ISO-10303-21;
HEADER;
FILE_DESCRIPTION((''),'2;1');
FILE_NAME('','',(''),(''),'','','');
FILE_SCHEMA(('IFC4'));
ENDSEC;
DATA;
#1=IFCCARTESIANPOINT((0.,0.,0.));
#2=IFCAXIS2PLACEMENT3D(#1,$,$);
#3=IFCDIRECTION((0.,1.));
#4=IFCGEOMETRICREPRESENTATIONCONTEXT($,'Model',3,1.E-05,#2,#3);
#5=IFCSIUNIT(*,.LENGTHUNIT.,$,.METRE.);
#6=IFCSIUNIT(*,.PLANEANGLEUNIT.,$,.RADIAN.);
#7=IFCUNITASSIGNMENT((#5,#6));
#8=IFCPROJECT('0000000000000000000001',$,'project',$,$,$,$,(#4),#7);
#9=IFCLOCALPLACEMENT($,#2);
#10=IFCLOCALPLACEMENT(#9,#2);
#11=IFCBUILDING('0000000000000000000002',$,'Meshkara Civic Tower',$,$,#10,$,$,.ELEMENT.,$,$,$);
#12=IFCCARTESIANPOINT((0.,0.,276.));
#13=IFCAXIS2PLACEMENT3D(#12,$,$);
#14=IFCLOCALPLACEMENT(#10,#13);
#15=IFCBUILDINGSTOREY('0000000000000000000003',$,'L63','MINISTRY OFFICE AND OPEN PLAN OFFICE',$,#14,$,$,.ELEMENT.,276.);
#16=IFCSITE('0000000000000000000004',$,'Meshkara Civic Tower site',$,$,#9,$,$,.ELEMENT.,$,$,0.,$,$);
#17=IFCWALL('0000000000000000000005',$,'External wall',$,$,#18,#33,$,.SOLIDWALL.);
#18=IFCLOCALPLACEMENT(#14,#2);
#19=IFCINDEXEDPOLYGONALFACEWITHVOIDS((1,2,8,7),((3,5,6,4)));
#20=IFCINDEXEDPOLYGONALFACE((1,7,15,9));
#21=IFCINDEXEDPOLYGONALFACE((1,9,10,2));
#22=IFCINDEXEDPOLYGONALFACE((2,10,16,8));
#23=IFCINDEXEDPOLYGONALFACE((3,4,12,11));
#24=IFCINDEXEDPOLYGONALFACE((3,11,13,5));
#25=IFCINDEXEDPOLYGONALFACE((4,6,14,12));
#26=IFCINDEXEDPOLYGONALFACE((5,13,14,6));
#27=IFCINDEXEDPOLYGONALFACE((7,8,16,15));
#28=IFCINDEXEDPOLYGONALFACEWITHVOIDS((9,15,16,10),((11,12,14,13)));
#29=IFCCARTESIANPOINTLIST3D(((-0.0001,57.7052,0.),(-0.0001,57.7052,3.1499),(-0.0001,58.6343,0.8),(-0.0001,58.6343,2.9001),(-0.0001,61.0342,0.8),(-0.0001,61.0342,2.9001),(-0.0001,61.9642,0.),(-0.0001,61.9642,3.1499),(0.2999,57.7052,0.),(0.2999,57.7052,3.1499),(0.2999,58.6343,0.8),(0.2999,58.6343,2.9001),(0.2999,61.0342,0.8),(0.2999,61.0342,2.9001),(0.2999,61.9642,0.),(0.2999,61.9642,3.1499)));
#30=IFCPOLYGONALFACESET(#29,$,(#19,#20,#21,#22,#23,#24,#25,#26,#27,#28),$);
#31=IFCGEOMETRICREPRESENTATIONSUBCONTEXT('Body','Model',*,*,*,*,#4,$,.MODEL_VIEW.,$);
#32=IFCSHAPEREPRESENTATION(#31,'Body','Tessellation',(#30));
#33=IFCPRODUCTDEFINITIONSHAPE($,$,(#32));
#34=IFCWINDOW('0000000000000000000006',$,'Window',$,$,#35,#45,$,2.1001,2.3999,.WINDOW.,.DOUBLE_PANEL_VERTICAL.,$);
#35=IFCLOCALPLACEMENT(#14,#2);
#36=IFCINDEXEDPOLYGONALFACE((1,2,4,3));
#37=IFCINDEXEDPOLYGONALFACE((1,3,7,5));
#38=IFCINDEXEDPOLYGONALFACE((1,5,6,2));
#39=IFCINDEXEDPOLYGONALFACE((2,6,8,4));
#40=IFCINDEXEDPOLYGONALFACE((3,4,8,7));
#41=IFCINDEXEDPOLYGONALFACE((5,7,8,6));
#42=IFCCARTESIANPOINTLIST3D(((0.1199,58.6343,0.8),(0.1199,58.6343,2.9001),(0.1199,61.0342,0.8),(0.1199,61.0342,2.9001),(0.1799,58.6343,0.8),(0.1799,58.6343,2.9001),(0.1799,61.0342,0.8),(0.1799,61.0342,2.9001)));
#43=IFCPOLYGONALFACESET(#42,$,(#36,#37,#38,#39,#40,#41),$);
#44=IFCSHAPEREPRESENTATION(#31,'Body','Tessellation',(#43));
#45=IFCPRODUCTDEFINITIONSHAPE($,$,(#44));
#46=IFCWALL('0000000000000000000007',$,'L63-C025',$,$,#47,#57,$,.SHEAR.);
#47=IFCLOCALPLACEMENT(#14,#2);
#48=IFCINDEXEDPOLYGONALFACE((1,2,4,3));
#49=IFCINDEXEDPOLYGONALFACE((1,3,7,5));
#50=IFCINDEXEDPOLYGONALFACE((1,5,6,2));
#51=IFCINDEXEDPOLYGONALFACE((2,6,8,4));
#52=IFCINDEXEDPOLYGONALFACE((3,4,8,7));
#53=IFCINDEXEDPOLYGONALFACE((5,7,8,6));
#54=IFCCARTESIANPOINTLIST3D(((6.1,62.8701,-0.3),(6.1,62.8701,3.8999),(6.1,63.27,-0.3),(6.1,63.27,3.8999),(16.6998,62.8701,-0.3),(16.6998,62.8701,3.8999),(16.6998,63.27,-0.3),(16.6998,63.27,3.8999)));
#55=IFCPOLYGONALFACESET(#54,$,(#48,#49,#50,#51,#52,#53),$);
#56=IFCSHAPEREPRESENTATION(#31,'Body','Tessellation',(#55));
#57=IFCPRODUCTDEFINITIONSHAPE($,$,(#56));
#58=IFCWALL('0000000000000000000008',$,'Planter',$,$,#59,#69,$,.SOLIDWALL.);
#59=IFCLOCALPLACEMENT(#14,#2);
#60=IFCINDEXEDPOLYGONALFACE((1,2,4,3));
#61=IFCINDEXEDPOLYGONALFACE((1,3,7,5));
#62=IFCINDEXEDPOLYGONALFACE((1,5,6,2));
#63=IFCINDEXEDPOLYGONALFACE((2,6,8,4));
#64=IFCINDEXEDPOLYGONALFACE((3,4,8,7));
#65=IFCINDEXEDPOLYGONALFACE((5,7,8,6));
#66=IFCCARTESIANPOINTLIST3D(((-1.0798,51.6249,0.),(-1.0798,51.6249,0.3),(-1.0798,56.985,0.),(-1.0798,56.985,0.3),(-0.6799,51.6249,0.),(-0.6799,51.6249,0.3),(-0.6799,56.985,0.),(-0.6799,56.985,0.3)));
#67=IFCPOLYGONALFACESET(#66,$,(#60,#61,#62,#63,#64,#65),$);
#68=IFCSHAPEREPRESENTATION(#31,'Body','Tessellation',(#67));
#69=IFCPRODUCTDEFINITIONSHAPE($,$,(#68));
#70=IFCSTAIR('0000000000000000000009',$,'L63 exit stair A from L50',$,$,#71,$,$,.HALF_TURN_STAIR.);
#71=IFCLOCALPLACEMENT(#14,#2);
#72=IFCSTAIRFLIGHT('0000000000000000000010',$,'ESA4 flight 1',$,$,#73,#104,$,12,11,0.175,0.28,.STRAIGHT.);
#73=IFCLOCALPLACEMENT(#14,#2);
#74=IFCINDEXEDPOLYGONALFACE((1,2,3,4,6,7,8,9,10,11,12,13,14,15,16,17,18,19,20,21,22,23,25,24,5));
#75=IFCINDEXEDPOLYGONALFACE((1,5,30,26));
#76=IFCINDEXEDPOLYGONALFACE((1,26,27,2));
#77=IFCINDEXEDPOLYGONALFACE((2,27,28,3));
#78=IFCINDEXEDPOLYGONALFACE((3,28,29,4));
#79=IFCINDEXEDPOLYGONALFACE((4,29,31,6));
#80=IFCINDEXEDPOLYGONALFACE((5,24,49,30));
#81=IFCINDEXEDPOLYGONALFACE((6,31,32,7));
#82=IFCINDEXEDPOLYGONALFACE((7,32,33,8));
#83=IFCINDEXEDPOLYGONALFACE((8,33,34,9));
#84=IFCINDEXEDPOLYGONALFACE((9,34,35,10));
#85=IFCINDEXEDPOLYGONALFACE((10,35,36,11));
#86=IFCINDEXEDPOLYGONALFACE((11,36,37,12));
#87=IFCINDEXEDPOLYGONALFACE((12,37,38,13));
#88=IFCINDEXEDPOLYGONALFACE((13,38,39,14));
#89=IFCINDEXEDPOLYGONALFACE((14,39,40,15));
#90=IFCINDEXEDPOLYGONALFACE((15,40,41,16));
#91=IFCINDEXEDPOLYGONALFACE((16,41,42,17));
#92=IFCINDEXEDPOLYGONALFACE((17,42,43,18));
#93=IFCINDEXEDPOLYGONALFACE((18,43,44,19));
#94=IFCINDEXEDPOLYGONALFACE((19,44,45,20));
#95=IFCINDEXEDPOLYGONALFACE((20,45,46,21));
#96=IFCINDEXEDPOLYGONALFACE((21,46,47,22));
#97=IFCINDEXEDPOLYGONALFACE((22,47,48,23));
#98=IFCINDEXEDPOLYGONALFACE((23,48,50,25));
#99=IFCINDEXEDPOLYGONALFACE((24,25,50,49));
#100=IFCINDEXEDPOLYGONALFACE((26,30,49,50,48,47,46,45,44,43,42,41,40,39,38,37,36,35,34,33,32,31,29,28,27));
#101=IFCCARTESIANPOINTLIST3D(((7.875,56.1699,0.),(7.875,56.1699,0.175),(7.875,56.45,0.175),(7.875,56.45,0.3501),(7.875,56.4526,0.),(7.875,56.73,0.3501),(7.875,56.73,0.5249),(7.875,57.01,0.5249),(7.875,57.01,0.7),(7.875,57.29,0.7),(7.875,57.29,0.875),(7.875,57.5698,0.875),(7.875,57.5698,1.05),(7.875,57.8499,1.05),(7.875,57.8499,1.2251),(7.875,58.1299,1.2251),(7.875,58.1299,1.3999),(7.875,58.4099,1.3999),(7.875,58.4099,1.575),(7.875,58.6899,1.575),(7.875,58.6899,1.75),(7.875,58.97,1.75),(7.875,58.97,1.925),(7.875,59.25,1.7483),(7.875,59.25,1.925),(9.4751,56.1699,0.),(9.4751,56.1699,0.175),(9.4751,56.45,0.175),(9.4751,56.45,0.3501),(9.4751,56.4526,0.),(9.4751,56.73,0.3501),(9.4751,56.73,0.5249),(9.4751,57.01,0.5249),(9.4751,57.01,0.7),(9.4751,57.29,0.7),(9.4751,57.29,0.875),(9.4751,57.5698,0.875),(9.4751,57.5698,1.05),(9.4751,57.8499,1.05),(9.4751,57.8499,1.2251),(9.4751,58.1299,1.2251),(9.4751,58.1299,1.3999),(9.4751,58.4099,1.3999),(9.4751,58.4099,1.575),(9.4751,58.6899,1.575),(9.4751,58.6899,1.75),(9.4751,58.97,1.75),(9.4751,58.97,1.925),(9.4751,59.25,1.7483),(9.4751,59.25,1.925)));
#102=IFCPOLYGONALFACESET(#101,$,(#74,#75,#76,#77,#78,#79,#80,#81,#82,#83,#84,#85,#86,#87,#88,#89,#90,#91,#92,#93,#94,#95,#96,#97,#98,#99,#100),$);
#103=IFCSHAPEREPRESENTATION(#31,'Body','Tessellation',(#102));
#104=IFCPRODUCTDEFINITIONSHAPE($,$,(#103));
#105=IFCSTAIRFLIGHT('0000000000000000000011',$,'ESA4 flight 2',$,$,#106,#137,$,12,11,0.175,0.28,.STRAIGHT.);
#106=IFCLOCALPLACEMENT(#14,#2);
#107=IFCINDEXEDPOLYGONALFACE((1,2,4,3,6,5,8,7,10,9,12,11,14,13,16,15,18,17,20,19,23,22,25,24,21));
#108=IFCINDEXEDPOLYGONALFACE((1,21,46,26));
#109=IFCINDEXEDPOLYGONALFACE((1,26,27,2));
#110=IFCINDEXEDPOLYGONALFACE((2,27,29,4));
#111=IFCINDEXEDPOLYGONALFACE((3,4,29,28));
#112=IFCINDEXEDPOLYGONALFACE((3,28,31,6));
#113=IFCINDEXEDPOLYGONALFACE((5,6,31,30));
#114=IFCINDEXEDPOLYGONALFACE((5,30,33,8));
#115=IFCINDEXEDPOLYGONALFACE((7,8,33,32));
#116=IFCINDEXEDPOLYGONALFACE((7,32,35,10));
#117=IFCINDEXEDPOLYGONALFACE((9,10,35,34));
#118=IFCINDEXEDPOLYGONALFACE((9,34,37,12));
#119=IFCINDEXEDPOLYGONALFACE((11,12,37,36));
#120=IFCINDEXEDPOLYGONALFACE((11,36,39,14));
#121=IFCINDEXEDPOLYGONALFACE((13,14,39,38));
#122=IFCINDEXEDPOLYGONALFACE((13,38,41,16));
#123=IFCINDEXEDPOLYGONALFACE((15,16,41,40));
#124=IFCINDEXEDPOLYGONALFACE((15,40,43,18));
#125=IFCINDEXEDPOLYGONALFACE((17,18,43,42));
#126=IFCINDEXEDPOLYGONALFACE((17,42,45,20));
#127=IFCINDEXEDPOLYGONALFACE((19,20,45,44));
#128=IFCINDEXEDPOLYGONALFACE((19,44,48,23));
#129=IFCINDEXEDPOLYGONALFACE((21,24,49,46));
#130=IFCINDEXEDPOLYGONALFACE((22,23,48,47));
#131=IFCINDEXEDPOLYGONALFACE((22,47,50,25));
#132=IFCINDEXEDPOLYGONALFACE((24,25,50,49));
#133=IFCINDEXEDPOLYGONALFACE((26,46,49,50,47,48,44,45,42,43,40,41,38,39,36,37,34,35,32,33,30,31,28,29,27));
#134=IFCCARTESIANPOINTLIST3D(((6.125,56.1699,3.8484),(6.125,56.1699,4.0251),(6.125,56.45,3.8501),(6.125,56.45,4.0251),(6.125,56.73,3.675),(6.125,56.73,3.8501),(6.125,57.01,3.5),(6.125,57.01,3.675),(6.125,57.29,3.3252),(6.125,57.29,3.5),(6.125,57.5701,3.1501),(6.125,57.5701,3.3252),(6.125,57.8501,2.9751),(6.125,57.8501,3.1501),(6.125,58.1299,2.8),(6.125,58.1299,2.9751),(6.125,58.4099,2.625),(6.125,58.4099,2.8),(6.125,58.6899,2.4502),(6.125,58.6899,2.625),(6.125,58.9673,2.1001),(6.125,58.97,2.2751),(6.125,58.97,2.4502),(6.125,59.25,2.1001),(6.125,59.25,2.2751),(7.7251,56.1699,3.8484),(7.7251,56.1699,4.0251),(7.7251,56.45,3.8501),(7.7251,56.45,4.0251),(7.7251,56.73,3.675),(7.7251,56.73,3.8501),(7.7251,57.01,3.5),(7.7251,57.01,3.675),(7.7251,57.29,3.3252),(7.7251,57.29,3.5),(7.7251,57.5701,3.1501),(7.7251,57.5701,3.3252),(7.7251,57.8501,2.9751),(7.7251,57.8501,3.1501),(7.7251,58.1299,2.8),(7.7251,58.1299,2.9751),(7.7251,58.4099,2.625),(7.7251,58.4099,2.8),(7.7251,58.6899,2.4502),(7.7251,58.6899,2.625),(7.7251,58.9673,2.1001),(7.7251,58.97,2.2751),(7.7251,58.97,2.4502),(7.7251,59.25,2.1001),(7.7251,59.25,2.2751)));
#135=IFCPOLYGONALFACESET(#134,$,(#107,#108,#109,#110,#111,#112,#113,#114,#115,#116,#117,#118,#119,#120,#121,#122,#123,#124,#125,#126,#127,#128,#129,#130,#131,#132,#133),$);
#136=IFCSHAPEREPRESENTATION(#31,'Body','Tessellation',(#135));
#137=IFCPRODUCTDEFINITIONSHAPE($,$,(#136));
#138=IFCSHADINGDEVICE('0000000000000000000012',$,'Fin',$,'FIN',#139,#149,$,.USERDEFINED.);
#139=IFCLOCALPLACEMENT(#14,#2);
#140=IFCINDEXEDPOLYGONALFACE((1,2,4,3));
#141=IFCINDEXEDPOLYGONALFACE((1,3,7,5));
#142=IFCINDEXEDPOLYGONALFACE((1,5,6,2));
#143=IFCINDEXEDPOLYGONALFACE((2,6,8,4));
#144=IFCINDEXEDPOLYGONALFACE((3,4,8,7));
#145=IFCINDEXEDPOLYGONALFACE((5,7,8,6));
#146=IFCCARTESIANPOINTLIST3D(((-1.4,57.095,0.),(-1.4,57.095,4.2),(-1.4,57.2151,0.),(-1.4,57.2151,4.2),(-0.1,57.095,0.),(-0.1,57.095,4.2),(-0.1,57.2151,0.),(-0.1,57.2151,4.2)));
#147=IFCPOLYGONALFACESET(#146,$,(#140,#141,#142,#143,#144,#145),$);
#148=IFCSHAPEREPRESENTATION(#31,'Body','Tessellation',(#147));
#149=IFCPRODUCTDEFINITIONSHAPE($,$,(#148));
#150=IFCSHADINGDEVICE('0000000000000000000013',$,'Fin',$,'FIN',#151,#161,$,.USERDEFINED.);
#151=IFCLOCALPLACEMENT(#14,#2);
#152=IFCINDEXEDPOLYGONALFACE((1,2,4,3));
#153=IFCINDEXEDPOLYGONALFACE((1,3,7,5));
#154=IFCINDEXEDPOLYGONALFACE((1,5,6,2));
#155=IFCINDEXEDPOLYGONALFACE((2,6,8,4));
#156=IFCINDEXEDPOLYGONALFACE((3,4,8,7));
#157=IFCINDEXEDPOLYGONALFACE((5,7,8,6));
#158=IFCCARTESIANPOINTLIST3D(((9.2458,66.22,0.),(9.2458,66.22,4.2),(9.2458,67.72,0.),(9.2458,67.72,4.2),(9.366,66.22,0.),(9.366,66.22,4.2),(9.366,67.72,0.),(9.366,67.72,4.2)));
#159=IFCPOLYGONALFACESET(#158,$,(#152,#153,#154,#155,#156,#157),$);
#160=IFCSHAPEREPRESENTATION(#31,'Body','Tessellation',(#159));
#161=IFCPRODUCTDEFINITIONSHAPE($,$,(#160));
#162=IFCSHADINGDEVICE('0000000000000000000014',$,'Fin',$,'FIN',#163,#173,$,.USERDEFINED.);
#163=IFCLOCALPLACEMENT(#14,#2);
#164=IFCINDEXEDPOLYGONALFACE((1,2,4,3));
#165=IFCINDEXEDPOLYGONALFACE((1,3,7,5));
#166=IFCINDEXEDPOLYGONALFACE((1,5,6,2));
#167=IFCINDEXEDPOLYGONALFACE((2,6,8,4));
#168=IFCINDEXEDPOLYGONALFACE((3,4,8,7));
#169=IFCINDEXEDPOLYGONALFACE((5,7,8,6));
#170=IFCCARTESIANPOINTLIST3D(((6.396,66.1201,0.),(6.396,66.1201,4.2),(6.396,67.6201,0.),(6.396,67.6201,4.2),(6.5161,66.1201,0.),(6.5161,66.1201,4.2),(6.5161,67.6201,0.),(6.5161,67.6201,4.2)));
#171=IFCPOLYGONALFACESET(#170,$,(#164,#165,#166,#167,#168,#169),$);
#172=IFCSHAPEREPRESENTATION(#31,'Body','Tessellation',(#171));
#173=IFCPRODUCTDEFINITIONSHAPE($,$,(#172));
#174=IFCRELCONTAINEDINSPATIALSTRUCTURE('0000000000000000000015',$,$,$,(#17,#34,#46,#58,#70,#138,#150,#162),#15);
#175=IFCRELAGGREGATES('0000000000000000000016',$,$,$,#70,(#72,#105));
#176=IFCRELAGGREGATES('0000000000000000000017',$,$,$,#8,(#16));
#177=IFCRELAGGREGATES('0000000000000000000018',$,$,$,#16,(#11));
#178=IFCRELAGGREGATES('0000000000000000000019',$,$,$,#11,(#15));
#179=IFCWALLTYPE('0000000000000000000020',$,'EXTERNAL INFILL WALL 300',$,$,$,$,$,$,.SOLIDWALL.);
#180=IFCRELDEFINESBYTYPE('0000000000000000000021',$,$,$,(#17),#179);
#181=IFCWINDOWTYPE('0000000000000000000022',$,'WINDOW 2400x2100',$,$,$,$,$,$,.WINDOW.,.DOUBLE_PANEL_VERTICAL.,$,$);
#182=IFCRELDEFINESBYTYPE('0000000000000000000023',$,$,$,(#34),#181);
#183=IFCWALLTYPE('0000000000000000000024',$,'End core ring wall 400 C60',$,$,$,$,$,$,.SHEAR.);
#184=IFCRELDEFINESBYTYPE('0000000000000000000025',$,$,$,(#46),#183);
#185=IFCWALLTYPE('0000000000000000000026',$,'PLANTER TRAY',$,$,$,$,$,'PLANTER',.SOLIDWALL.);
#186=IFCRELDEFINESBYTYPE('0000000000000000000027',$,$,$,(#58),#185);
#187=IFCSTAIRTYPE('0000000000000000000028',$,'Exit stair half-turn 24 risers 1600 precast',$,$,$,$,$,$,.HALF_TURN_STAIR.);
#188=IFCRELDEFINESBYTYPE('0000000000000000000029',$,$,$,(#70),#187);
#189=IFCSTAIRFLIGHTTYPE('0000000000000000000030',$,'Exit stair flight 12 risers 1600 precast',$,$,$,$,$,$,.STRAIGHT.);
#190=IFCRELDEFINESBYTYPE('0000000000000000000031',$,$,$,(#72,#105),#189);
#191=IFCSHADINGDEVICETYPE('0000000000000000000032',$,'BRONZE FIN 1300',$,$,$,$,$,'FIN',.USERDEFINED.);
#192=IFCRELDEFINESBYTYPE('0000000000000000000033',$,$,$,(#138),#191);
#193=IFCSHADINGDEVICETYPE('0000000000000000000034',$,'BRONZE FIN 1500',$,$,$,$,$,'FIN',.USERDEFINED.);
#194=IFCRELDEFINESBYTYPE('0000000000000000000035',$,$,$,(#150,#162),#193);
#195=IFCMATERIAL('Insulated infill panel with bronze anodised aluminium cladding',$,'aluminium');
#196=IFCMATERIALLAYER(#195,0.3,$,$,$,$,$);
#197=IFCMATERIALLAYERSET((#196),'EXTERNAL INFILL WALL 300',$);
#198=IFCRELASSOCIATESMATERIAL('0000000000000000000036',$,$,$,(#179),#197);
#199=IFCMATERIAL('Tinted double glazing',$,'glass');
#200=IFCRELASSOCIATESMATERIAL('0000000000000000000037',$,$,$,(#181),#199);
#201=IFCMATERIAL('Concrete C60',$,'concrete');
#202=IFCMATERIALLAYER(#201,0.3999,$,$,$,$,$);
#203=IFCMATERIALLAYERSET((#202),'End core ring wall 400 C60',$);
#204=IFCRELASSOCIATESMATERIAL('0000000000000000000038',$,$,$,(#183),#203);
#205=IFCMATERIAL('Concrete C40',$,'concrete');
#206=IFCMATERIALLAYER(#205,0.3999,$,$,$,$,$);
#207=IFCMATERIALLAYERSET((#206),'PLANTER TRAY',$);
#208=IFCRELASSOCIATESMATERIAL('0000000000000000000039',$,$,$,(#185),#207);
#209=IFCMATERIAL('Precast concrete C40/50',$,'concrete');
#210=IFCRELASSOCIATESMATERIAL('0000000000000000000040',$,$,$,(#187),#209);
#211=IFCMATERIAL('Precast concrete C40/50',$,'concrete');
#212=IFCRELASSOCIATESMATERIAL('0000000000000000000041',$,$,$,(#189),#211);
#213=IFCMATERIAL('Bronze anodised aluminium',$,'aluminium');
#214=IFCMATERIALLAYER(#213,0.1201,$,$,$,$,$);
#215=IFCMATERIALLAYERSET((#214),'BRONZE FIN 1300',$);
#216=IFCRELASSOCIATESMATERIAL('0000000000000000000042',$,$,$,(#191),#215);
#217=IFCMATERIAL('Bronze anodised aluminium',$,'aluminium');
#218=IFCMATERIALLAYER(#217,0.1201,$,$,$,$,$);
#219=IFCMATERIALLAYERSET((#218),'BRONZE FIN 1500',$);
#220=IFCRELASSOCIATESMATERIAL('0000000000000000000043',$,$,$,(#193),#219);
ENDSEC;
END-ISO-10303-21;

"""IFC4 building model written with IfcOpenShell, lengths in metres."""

from ifc_helpers import new_model, si_unit, direction, frame, frame_2d, origin, origin_2d, place, context, subcontext, project, spatial, polyline, rectangle, outline, extrude, material, layer, layer_set, type_object, element, fill, aggregate, save


model = new_model("IFC4")

# Units and contexts
model_context = context("Model", 3, precision=1e-05, world=origin(), true_north=direction((0.0, 1.0)))
body_context = subcontext(model_context, "Body", "Model", "MODEL_VIEW")
ifc_project = project(units=[si_unit("LENGTHUNIT", "METRE"), si_unit("PLANEANGLEUNIT", "RADIAN")], contexts=[model_context])

# Site, building, storey
site_placement = place(None, origin())
site = spatial("IfcSite", under=ifc_project, at=site_placement, Name="Meshkara Civic Tower site", CompositionType="ELEMENT", RefElevation=0.0)
building_placement = place(site_placement, origin())
building = spatial("IfcBuilding", under=site, at=building_placement, Name="Meshkara Civic Tower", CompositionType="ELEMENT")
storey_placement = place(building_placement, frame((0.0, 0.0, 276.0)))
storey = spatial("IfcBuildingStorey", under=building, at=storey_placement, Name="L63", Description="MINISTRY OFFICE AND OPEN PLAN OFFICE", CompositionType="ELEMENT", Elevation=276.0)

# Wall, opening, window
ifc_material_1 = material(Name="Insulated infill panel with bronze anodised aluminium cladding", Category="aluminium")
ifc_layer_1 = layer(ifc_material_1, 0.3)
ifc_layer_set_1 = layer_set([ifc_layer_1], Name="EXTERNAL INFILL WALL 300")
wall_type_1 = type_object("IfcWallType", Name="EXTERNAL INFILL WALL 300", PredefinedType="SOLIDWALL", material=ifc_layer_set_1)
ifc_material_2 = material(Name="Tinted double glazing", Category="glass")
window_type_1 = type_object("IfcWindowType", Name="WINDOW 2400x2100", PartitioningType="DOUBLE_PANEL_VERTICAL", PredefinedType="WINDOW", material=ifc_material_2)
wall_1_placement = place(storey_placement, frame((0.1499, 61.9641, 0.0), z_axis=(0.0, 0.0, 1.0), x_axis=(0.0, -1.0, 0.0)))
wall_1 = element("IfcWall", 1, at=wall_1_placement, inside=storey, type_object=wall_type_1, Name="External wall", PredefinedType="SOLIDWALL", context=body_context, shape_type="SweptSolid", body=[
    extrude(rectangle(XDim=4.259, YDim=0.3, at=frame_2d((2.1294, 0.0))), origin(), (0.0, 0.0, 1.0), 3.1499),
])
opening_1_placement = place(wall_1_placement, frame((0.9299, 0.0, 0.8)))
opening_1 = element("IfcOpeningElement", 2, at=opening_1_placement, cuts=wall_1, PredefinedType="OPENING", context=body_context, shape_type="SweptSolid", body=[
    extrude(rectangle(XDim=2.3999, YDim=2.1001, at=frame_2d((1.2, 1.05))), frame((0.0, 0.1599, 0.0), z_axis=(0.0, -1.0, 0.0), x_axis=(1.0, 0.0, 0.0)), (0.0, 0.0, 1.0), 0.3201),
])
window_1_placement = place(opening_1_placement, origin())
window_1 = element("IfcWindow", 3, at=window_1_placement, inside=storey, type_object=window_type_1, Name="Window", OverallHeight=2.1001, OverallWidth=2.3999, PartitioningType="DOUBLE_PANEL_VERTICAL", PredefinedType="WINDOW", context=body_context, shape_type="SweptSolid", body=[
    extrude(rectangle(XDim=2.3999, YDim=2.1001, at=frame_2d((1.2, 1.05))), frame((0.0, 0.03, 0.0), z_axis=(0.0, -1.0, 0.0), x_axis=(1.0, 0.0, 0.0)), (0.0, 0.0, 1.0), 0.0601),
])
fill(opening_1, window_1)

# Wall
ifc_material_3 = material(Name="Concrete C60", Category="concrete")
ifc_layer_2 = layer(ifc_material_3, 0.3999)
ifc_layer_set_2 = layer_set([ifc_layer_2], Name="End core ring wall 400 C60")
wall_type_2 = type_object("IfcWallType", Name="End core ring wall 400 C60", PredefinedType="SHEAR", material=ifc_layer_set_2)
wall_2_placement = place(storey_placement, frame((6.1001, 63.0701, -0.3), z_axis=(0.0, 0.0, 1.0), x_axis=(1.0, 0.0, 0.0)))
element("IfcWall", 4, at=wall_2_placement, inside=storey, type_object=wall_type_2, Name="L63-C025", PredefinedType="SHEAR", context=body_context, shape_type="SweptSolid", body=[
    extrude(rectangle(XDim=10.5999, YDim=0.3999, at=frame_2d((5.2998, 0.0))), origin(), (0.0, 0.0, 1.0), 4.2),
])

# Wall
ifc_material_4 = material(Name="Concrete C40", Category="concrete")
ifc_layer_3 = layer(ifc_material_4, 0.3999)
ifc_layer_set_3 = layer_set([ifc_layer_3], Name="PLANTER TRAY")
wall_type_3 = type_object("IfcWallType", Name="PLANTER TRAY", ElementType="PLANTER", PredefinedType="SOLIDWALL", material=ifc_layer_set_3)
wall_3_placement = place(storey_placement, frame((-0.8799, 56.9851, 0.0), z_axis=(0.0, 0.0, 1.0), x_axis=(0.0, -1.0, 0.0)))
element("IfcWall", 5, at=wall_3_placement, inside=storey, type_object=wall_type_3, Name="Planter", PredefinedType="SOLIDWALL", context=body_context, shape_type="SweptSolid", body=[
    extrude(rectangle(XDim=5.3601, YDim=0.3999, at=frame_2d((2.6802, 0.0))), origin(), (0.0, 0.0, 1.0), 0.3),
])

# Stair, stair flights
ifc_material_5 = material(Name="Precast concrete C40/50", Category="concrete")
stair_type = type_object("IfcStairType", Name="Exit stair half-turn 24 risers 1600 precast", PredefinedType="HALF_TURN_STAIR", material=ifc_material_5)
stair_placement = place(storey_placement, origin())
stair = element("IfcStair", 6, at=stair_placement, inside=storey, type_object=stair_type, Name="L63 exit stair A from L50", PredefinedType="HALF_TURN_STAIR")
ifc_material_6 = material(Name="Precast concrete C40/50", Category="concrete")
stair_flight_type = type_object("IfcStairFlightType", Name="Exit stair flight 12 risers 1600 precast", PredefinedType="STRAIGHT", material=ifc_material_6)
stair_flight_1_placement = place(storey_placement, frame((8.675, 56.1699, 0.0), z_axis=(0.0, 0.0, 1.0), x_axis=(0.0, 1.0, 0.0)))
stair_flight_1 = element("IfcStairFlight", 7, at=stair_flight_1_placement, type_object=stair_flight_type, Name="ESA4 flight 1", NumberOfRisers=12, NumberOfTreads=11, PredefinedType="STRAIGHT", RiserHeight=0.175, TreadLength=0.28, context=body_context, shape_type="SweptSolid", body=[
    extrude(outline(polyline([(0.0, 0.0), (0.0, 0.175), (0.28, 0.175), (0.28, 0.3501), (0.5601, 0.3501), (0.5601, 0.5249), (0.8401, 0.5249), (0.8401, 0.7), (1.1201, 0.7), (1.1201, 0.875), (1.3999, 0.875), (1.3999, 1.05), (1.6799, 1.05), (1.6799, 1.2251), (1.96, 1.2251), (1.96, 1.3999), (2.24, 1.3999), (2.24, 1.575), (2.52, 1.575), (2.52, 1.75), (2.8, 1.75), (2.8, 1.925), (3.0801, 1.925), (3.0801, 2.1001), (3.0801, 1.7483), (0.2827, 0.0), (0.0, 0.0)])), frame((0.0, 0.8, 0.0), z_axis=(0.0, -1.0, 0.0), x_axis=(1.0, 0.0, 0.0)), (0.0, 0.0, 1.0), 1.6001),
])
stair_flight_2_placement = place(storey_placement, frame((6.925, 59.25, 2.1001), z_axis=(0.0, 0.0, 1.0), x_axis=(0.0, -1.0, 0.0)))
stair_flight_2 = element("IfcStairFlight", 8, at=stair_flight_2_placement, type_object=stair_flight_type, Name="ESA4 flight 2", NumberOfRisers=12, NumberOfTreads=11, PredefinedType="STRAIGHT", RiserHeight=0.175, TreadLength=0.28, context=body_context, shape_type="SweptSolid", body=[
    extrude(outline(polyline([(0.0, 0.0), (0.0, 0.175), (0.28, 0.175), (0.28, 0.3501), (0.5601, 0.3501), (0.5601, 0.5249), (0.8401, 0.5249), (0.8401, 0.7), (1.1201, 0.7), (1.1201, 0.875), (1.3999, 0.875), (1.3999, 1.05), (1.6799, 1.05), (1.6799, 1.2251), (1.96, 1.2251), (1.96, 1.3999), (2.24, 1.3999), (2.24, 1.575), (2.52, 1.575), (2.52, 1.75), (2.8, 1.75), (2.8, 1.925), (3.0801, 1.925), (3.0801, 2.1001), (3.0801, 1.7483), (0.2827, 0.0), (0.0, 0.0)])), frame((0.0, 0.8, 0.0), z_axis=(0.0, -1.0, 0.0), x_axis=(1.0, 0.0, 0.0)), (0.0, 0.0, 1.0), 1.6001),
])
aggregate(stair, [stair_flight_1, stair_flight_2])

# Shading devices
ifc_material_7 = material(Name="Bronze anodised aluminium", Category="aluminium")
ifc_layer_4 = layer(ifc_material_7, 0.1201)
ifc_layer_set_4 = layer_set([ifc_layer_4], Name="BRONZE FIN 1300")
shading_device_type_1 = type_object("IfcShadingDeviceType", Name="BRONZE FIN 1300", ElementType="FIN", PredefinedType="USERDEFINED", material=ifc_layer_set_4)
shading_device_placement = place(storey_placement, frame((-0.75, 57.155, 0.0), z_axis=(0.0, 0.0, 1.0), x_axis=(0.0, -1.0, 0.0)))
element("IfcShadingDevice", 9, at=shading_device_placement, inside=storey, type_object=shading_device_type_1, Name="Fin", ObjectType="FIN", PredefinedType="USERDEFINED", context=body_context, shape_type="SweptSolid", body=[
    extrude(rectangle(XDim=0.1201, YDim=1.3, at=origin_2d()), origin(), (0.0, 0.0, 1.0), 4.2),
])
ifc_material_8 = material(Name="Bronze anodised aluminium", Category="aluminium")
ifc_layer_5 = layer(ifc_material_8, 0.1201)
ifc_layer_set_5 = layer_set([ifc_layer_5], Name="BRONZE FIN 1500")
shading_device_type_2 = type_object("IfcShadingDeviceType", Name="BRONZE FIN 1500", ElementType="FIN", PredefinedType="USERDEFINED", material=ifc_layer_set_5)
for number, where, z_axis, x_axis, name in (
    (10, (9.3059, 66.97, 0.0), (0.0, 0.0, 1.0), (-1.0, 0.0, 0.0), "Fin"),
    (11, (6.4561, 66.8701, 0.0), (0.0, 0.0, 1.0), (-1.0, 0.0, 0.0), "Fin"),
):
    element("IfcShadingDevice", number, at=place(storey_placement, frame(where, z_axis=z_axis, x_axis=x_axis)), inside=storey, type_object=shading_device_type_2, Name=name, ObjectType="FIN", PredefinedType="USERDEFINED", context=body_context, shape_type="SweptSolid", body=[
        extrude(rectangle(XDim=0.1201, YDim=1.5, at=origin_2d()), origin(), (0.0, 0.0, 1.0), 4.2),
    ])

save(model, "model.ifc")
